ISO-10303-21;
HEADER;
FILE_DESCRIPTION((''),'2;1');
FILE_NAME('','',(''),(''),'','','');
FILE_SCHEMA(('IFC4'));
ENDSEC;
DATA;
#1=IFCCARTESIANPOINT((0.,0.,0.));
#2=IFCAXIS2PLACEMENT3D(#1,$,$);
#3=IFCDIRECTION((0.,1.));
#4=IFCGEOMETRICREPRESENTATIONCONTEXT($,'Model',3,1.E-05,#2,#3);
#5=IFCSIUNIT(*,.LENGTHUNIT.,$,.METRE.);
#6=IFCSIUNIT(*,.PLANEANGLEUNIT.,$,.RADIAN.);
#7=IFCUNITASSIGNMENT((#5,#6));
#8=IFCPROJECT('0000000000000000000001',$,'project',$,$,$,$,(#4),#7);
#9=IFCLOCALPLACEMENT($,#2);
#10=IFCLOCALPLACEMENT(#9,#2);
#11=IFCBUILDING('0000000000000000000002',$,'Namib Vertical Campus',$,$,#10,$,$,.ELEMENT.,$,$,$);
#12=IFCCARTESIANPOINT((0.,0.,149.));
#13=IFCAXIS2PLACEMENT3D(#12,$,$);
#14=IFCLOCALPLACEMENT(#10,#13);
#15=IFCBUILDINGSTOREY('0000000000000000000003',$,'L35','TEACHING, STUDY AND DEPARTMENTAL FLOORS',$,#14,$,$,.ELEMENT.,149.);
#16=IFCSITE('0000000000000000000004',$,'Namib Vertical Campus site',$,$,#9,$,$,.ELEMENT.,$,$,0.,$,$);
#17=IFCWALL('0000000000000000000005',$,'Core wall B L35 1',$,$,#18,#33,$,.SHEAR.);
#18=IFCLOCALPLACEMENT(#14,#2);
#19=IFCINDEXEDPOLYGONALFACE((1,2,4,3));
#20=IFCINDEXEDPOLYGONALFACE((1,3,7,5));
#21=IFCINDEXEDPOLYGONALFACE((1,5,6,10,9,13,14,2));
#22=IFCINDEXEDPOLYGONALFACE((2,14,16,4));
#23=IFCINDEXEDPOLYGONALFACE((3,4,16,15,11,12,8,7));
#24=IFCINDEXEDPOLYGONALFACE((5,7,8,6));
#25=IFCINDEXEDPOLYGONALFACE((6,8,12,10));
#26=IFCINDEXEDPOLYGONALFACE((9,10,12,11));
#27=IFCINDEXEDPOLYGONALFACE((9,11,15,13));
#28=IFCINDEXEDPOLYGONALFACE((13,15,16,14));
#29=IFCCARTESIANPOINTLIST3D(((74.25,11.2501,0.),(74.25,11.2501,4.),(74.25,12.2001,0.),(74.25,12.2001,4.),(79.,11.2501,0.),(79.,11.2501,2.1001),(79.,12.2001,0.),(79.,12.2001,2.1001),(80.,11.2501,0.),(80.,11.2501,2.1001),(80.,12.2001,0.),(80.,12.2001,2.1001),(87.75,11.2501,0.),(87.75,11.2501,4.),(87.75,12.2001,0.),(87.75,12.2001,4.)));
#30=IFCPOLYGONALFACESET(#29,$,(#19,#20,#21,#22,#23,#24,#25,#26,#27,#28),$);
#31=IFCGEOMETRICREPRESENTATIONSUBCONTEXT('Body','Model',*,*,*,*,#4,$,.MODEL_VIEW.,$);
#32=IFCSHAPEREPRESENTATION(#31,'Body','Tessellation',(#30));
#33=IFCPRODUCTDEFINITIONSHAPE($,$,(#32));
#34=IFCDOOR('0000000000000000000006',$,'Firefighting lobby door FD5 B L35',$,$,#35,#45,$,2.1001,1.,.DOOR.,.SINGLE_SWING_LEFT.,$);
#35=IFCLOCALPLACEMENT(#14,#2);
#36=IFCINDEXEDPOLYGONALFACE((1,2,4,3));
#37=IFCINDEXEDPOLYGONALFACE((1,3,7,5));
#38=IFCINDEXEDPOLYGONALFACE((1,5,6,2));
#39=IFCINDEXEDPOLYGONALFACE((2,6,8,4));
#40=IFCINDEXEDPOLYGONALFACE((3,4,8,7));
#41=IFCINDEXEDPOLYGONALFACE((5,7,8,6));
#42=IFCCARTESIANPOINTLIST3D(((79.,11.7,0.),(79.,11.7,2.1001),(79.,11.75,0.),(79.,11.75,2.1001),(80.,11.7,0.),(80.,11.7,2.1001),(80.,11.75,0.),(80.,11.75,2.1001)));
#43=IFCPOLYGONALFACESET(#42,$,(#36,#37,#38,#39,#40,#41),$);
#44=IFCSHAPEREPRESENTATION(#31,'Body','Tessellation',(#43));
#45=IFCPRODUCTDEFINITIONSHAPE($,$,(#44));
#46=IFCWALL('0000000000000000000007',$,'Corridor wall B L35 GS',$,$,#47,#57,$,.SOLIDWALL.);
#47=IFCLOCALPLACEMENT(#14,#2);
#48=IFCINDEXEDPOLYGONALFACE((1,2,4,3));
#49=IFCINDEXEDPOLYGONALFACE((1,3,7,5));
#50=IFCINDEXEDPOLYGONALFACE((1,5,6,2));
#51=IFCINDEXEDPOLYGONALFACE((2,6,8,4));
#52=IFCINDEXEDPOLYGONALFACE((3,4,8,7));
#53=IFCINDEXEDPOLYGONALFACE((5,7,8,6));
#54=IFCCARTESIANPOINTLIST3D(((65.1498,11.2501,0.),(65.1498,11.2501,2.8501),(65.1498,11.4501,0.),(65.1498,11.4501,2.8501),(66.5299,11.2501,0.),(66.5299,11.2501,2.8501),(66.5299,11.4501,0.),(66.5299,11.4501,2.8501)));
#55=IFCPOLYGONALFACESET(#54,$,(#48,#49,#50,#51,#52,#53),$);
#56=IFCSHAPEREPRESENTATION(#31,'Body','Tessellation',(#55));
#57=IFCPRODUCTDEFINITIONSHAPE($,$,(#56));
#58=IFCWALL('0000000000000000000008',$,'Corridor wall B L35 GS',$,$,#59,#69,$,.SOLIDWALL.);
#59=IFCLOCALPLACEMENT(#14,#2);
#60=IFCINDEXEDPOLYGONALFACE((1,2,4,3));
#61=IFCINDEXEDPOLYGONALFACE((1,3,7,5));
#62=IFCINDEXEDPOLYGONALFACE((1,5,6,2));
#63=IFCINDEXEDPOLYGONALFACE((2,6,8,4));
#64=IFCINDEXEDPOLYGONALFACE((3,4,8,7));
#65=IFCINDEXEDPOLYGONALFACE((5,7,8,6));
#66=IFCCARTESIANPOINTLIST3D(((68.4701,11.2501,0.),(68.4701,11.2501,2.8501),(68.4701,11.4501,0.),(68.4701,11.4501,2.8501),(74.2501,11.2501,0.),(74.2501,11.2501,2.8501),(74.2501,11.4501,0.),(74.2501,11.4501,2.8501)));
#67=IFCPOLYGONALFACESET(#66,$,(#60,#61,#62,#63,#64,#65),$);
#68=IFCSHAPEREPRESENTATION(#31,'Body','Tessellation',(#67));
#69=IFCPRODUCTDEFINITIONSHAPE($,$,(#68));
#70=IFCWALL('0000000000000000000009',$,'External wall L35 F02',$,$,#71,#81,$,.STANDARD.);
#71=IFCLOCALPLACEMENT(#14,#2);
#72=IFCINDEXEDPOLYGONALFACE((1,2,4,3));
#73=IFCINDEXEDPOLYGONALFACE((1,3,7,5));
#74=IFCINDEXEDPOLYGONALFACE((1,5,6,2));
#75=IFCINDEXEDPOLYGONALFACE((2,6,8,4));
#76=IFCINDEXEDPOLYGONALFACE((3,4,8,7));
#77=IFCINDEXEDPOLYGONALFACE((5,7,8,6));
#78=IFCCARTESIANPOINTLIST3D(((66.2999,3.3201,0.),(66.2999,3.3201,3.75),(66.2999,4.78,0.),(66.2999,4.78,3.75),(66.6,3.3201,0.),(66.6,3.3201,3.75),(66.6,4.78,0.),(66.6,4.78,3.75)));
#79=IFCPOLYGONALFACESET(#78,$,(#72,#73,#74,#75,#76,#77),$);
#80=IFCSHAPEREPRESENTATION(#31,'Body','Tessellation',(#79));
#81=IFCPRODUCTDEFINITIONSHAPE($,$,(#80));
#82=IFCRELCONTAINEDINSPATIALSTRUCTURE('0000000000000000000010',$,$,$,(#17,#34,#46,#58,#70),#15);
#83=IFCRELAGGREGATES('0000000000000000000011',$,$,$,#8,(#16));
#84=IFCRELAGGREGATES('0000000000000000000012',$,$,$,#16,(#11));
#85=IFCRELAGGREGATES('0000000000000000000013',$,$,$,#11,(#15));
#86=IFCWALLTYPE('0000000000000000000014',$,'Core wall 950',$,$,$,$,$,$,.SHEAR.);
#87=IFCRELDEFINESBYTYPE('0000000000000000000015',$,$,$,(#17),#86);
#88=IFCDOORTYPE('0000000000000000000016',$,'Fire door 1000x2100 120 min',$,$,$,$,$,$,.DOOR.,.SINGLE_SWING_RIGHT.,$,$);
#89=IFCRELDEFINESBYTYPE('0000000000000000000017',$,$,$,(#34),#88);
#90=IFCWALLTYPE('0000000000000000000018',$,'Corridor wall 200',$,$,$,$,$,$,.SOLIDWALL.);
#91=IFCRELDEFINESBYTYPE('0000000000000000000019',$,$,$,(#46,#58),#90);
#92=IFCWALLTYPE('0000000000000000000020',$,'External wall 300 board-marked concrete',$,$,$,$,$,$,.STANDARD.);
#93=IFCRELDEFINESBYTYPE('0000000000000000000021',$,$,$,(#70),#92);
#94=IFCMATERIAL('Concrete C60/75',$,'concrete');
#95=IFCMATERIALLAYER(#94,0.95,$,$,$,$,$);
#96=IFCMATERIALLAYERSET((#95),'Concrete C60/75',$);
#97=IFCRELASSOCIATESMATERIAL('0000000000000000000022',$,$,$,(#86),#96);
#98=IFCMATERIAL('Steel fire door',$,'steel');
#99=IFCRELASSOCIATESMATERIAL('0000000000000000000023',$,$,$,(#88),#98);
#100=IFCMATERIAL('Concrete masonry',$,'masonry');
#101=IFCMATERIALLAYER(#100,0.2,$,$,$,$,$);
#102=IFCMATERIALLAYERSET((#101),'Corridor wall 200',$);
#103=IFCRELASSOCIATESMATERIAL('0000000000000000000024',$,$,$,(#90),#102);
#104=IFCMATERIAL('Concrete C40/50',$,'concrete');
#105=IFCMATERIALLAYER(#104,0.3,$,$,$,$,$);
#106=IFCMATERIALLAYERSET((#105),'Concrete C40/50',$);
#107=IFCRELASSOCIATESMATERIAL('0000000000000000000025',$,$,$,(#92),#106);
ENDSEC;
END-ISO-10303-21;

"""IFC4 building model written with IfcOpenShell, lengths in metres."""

from ifc_helpers import new_model, si_unit, direction, frame, frame_2d, origin, place, context, subcontext, project, spatial, rectangle, extrude, material, layer, layer_set, type_object, element, fill, save


model = new_model("IFC4")

# Units and contexts
model_context = context("Model", 3, precision=1e-05, world=origin(), true_north=direction((0.0, 1.0)))
body_context = subcontext(model_context, "Body", "Model", "MODEL_VIEW")
ifc_project = project(units=[si_unit("LENGTHUNIT", "METRE"), si_unit("PLANEANGLEUNIT", "RADIAN")], contexts=[model_context])

# Site, building, storey
site_placement = place(None, origin())
site = spatial("IfcSite", under=ifc_project, at=site_placement, Name="Namib Vertical Campus site", CompositionType="ELEMENT", RefElevation=0.0)
building_placement = place(site_placement, origin())
building = spatial("IfcBuilding", under=site, at=building_placement, Name="Namib Vertical Campus", CompositionType="ELEMENT")
storey_placement = place(building_placement, frame((0.0, 0.0, 149.0)))
storey = spatial("IfcBuildingStorey", under=building, at=storey_placement, Name="L35", Description="TEACHING, STUDY AND DEPARTMENTAL FLOORS", CompositionType="ELEMENT", Elevation=149.0)

# Wall, opening, door
ifc_material_1 = material(Name="Concrete C60/75", Category="concrete")
ifc_layer_1 = layer(ifc_material_1, 0.95)
ifc_layer_set_1 = layer_set([ifc_layer_1], Name="Concrete C60/75")
wall_type_1 = type_object("IfcWallType", Name="Core wall 950", PredefinedType="SHEAR", material=ifc_layer_set_1)
wall_1_placement = place(storey_placement, frame((74.25, 11.7251, 0.0), z_axis=(0.0, 0.0, 1.0), x_axis=(1.0, 0.0, 0.0)))
wall_1 = element("IfcWall", 1, at=wall_1_placement, inside=storey, type_object=wall_type_1, Name="Core wall B L35 1", PredefinedType="SHEAR", context=body_context, shape_type="SweptSolid", body=[
    extrude(rectangle(XDim=13.5, YDim=0.95, at=frame_2d((6.75, 0.0))), origin(), (0.0, 0.0, 1.0), 4.0),
])
opening_1_placement = place(wall_1_placement, frame((4.75, 0.0, 0.0)))
opening_1 = element("IfcOpeningElement", 2, at=opening_1_placement, cuts=wall_1, PredefinedType="OPENING", context=body_context, shape_type="SweptSolid", body=[
    extrude(rectangle(XDim=1.0, YDim=2.1001, at=frame_2d((0.5, 1.05))), frame((0.0, 0.4849, 0.0), z_axis=(0.0, -1.0, 0.0), x_axis=(1.0, 0.0, 0.0)), (0.0, 0.0, 1.0), 0.97),
])
ifc_material_2 = material(Name="Steel fire door", Category="steel")
door_type = type_object("IfcDoorType", Name="Fire door 1000x2100 120 min", OperationType="SINGLE_SWING_RIGHT", PredefinedType="DOOR", material=ifc_material_2)
door_placement = place(opening_1_placement, origin())
door = element("IfcDoor", 3, at=door_placement, inside=storey, type_object=door_type, Name="Firefighting lobby door FD5 B L35", OperationType="SINGLE_SWING_LEFT", OverallHeight=2.1001, OverallWidth=1.0, PredefinedType="DOOR", context=body_context, shape_type="SweptSolid", body=[
    extrude(rectangle(XDim=1.0, YDim=2.1001, at=frame_2d((0.5, 1.05))), frame((0.0, 0.0249, 0.0), z_axis=(0.0, -1.0, 0.0), x_axis=(1.0, 0.0, 0.0)), (0.0, 0.0, 1.0), 0.05),
])
fill(opening_1, door)

# Walls
ifc_material_3 = material(Name="Concrete masonry", Category="masonry")
ifc_layer_2 = layer(ifc_material_3, 0.2)
ifc_layer_set_2 = layer_set([ifc_layer_2], Name="Corridor wall 200")
wall_type_2 = type_object("IfcWallType", Name="Corridor wall 200", PredefinedType="SOLIDWALL", material=ifc_layer_set_2)
wall_2_placement = place(storey_placement, frame((65.1499, 11.3501, 0.0), z_axis=(0.0, 0.0, 1.0), x_axis=(1.0, 0.0, 0.0)))
element("IfcWall", 4, at=wall_2_placement, inside=storey, type_object=wall_type_2, Name="Corridor wall B L35 GS", PredefinedType="SOLIDWALL", context=body_context, shape_type="SweptSolid", body=[
    extrude(rectangle(XDim=1.3801, YDim=0.2, at=frame_2d((0.6899, 0.0))), origin(), (0.0, 0.0, 1.0), 2.8501),
])
wall_3_placement = place(storey_placement, frame((68.47, 11.3501, 0.0), z_axis=(0.0, 0.0, 1.0), x_axis=(1.0, 0.0, 0.0)))
element("IfcWall", 5, at=wall_3_placement, inside=storey, type_object=wall_type_2, Name="Corridor wall B L35 GS", PredefinedType="SOLIDWALL", context=body_context, shape_type="SweptSolid", body=[
    extrude(rectangle(XDim=5.78, YDim=0.2, at=frame_2d((2.8901, 0.0))), origin(), (0.0, 0.0, 1.0), 2.8501),
])
ifc_material_4 = material(Name="Concrete C40/50", Category="concrete")
ifc_layer_3 = layer(ifc_material_4, 0.3)
ifc_layer_set_3 = layer_set([ifc_layer_3], Name="Concrete C40/50")
wall_type_3 = type_object("IfcWallType", Name="External wall 300 board-marked concrete", PredefinedType="STANDARD", material=ifc_layer_set_3)
wall_4_placement = place(storey_placement, frame((66.45, 4.78, 0.0), z_axis=(0.0, 0.0, 1.0), x_axis=(0.0, -1.0, 0.0)))
element("IfcWall", 6, at=wall_4_placement, inside=storey, type_object=wall_type_3, Name="External wall L35 F02", PredefinedType="STANDARD", context=body_context, shape_type="SweptSolid", body=[
    extrude(rectangle(XDim=1.46, YDim=0.3, at=frame_2d((0.73, 0.0))), origin(), (0.0, 0.0, 1.0), 3.75),
])

save(model, "model.ifc")
